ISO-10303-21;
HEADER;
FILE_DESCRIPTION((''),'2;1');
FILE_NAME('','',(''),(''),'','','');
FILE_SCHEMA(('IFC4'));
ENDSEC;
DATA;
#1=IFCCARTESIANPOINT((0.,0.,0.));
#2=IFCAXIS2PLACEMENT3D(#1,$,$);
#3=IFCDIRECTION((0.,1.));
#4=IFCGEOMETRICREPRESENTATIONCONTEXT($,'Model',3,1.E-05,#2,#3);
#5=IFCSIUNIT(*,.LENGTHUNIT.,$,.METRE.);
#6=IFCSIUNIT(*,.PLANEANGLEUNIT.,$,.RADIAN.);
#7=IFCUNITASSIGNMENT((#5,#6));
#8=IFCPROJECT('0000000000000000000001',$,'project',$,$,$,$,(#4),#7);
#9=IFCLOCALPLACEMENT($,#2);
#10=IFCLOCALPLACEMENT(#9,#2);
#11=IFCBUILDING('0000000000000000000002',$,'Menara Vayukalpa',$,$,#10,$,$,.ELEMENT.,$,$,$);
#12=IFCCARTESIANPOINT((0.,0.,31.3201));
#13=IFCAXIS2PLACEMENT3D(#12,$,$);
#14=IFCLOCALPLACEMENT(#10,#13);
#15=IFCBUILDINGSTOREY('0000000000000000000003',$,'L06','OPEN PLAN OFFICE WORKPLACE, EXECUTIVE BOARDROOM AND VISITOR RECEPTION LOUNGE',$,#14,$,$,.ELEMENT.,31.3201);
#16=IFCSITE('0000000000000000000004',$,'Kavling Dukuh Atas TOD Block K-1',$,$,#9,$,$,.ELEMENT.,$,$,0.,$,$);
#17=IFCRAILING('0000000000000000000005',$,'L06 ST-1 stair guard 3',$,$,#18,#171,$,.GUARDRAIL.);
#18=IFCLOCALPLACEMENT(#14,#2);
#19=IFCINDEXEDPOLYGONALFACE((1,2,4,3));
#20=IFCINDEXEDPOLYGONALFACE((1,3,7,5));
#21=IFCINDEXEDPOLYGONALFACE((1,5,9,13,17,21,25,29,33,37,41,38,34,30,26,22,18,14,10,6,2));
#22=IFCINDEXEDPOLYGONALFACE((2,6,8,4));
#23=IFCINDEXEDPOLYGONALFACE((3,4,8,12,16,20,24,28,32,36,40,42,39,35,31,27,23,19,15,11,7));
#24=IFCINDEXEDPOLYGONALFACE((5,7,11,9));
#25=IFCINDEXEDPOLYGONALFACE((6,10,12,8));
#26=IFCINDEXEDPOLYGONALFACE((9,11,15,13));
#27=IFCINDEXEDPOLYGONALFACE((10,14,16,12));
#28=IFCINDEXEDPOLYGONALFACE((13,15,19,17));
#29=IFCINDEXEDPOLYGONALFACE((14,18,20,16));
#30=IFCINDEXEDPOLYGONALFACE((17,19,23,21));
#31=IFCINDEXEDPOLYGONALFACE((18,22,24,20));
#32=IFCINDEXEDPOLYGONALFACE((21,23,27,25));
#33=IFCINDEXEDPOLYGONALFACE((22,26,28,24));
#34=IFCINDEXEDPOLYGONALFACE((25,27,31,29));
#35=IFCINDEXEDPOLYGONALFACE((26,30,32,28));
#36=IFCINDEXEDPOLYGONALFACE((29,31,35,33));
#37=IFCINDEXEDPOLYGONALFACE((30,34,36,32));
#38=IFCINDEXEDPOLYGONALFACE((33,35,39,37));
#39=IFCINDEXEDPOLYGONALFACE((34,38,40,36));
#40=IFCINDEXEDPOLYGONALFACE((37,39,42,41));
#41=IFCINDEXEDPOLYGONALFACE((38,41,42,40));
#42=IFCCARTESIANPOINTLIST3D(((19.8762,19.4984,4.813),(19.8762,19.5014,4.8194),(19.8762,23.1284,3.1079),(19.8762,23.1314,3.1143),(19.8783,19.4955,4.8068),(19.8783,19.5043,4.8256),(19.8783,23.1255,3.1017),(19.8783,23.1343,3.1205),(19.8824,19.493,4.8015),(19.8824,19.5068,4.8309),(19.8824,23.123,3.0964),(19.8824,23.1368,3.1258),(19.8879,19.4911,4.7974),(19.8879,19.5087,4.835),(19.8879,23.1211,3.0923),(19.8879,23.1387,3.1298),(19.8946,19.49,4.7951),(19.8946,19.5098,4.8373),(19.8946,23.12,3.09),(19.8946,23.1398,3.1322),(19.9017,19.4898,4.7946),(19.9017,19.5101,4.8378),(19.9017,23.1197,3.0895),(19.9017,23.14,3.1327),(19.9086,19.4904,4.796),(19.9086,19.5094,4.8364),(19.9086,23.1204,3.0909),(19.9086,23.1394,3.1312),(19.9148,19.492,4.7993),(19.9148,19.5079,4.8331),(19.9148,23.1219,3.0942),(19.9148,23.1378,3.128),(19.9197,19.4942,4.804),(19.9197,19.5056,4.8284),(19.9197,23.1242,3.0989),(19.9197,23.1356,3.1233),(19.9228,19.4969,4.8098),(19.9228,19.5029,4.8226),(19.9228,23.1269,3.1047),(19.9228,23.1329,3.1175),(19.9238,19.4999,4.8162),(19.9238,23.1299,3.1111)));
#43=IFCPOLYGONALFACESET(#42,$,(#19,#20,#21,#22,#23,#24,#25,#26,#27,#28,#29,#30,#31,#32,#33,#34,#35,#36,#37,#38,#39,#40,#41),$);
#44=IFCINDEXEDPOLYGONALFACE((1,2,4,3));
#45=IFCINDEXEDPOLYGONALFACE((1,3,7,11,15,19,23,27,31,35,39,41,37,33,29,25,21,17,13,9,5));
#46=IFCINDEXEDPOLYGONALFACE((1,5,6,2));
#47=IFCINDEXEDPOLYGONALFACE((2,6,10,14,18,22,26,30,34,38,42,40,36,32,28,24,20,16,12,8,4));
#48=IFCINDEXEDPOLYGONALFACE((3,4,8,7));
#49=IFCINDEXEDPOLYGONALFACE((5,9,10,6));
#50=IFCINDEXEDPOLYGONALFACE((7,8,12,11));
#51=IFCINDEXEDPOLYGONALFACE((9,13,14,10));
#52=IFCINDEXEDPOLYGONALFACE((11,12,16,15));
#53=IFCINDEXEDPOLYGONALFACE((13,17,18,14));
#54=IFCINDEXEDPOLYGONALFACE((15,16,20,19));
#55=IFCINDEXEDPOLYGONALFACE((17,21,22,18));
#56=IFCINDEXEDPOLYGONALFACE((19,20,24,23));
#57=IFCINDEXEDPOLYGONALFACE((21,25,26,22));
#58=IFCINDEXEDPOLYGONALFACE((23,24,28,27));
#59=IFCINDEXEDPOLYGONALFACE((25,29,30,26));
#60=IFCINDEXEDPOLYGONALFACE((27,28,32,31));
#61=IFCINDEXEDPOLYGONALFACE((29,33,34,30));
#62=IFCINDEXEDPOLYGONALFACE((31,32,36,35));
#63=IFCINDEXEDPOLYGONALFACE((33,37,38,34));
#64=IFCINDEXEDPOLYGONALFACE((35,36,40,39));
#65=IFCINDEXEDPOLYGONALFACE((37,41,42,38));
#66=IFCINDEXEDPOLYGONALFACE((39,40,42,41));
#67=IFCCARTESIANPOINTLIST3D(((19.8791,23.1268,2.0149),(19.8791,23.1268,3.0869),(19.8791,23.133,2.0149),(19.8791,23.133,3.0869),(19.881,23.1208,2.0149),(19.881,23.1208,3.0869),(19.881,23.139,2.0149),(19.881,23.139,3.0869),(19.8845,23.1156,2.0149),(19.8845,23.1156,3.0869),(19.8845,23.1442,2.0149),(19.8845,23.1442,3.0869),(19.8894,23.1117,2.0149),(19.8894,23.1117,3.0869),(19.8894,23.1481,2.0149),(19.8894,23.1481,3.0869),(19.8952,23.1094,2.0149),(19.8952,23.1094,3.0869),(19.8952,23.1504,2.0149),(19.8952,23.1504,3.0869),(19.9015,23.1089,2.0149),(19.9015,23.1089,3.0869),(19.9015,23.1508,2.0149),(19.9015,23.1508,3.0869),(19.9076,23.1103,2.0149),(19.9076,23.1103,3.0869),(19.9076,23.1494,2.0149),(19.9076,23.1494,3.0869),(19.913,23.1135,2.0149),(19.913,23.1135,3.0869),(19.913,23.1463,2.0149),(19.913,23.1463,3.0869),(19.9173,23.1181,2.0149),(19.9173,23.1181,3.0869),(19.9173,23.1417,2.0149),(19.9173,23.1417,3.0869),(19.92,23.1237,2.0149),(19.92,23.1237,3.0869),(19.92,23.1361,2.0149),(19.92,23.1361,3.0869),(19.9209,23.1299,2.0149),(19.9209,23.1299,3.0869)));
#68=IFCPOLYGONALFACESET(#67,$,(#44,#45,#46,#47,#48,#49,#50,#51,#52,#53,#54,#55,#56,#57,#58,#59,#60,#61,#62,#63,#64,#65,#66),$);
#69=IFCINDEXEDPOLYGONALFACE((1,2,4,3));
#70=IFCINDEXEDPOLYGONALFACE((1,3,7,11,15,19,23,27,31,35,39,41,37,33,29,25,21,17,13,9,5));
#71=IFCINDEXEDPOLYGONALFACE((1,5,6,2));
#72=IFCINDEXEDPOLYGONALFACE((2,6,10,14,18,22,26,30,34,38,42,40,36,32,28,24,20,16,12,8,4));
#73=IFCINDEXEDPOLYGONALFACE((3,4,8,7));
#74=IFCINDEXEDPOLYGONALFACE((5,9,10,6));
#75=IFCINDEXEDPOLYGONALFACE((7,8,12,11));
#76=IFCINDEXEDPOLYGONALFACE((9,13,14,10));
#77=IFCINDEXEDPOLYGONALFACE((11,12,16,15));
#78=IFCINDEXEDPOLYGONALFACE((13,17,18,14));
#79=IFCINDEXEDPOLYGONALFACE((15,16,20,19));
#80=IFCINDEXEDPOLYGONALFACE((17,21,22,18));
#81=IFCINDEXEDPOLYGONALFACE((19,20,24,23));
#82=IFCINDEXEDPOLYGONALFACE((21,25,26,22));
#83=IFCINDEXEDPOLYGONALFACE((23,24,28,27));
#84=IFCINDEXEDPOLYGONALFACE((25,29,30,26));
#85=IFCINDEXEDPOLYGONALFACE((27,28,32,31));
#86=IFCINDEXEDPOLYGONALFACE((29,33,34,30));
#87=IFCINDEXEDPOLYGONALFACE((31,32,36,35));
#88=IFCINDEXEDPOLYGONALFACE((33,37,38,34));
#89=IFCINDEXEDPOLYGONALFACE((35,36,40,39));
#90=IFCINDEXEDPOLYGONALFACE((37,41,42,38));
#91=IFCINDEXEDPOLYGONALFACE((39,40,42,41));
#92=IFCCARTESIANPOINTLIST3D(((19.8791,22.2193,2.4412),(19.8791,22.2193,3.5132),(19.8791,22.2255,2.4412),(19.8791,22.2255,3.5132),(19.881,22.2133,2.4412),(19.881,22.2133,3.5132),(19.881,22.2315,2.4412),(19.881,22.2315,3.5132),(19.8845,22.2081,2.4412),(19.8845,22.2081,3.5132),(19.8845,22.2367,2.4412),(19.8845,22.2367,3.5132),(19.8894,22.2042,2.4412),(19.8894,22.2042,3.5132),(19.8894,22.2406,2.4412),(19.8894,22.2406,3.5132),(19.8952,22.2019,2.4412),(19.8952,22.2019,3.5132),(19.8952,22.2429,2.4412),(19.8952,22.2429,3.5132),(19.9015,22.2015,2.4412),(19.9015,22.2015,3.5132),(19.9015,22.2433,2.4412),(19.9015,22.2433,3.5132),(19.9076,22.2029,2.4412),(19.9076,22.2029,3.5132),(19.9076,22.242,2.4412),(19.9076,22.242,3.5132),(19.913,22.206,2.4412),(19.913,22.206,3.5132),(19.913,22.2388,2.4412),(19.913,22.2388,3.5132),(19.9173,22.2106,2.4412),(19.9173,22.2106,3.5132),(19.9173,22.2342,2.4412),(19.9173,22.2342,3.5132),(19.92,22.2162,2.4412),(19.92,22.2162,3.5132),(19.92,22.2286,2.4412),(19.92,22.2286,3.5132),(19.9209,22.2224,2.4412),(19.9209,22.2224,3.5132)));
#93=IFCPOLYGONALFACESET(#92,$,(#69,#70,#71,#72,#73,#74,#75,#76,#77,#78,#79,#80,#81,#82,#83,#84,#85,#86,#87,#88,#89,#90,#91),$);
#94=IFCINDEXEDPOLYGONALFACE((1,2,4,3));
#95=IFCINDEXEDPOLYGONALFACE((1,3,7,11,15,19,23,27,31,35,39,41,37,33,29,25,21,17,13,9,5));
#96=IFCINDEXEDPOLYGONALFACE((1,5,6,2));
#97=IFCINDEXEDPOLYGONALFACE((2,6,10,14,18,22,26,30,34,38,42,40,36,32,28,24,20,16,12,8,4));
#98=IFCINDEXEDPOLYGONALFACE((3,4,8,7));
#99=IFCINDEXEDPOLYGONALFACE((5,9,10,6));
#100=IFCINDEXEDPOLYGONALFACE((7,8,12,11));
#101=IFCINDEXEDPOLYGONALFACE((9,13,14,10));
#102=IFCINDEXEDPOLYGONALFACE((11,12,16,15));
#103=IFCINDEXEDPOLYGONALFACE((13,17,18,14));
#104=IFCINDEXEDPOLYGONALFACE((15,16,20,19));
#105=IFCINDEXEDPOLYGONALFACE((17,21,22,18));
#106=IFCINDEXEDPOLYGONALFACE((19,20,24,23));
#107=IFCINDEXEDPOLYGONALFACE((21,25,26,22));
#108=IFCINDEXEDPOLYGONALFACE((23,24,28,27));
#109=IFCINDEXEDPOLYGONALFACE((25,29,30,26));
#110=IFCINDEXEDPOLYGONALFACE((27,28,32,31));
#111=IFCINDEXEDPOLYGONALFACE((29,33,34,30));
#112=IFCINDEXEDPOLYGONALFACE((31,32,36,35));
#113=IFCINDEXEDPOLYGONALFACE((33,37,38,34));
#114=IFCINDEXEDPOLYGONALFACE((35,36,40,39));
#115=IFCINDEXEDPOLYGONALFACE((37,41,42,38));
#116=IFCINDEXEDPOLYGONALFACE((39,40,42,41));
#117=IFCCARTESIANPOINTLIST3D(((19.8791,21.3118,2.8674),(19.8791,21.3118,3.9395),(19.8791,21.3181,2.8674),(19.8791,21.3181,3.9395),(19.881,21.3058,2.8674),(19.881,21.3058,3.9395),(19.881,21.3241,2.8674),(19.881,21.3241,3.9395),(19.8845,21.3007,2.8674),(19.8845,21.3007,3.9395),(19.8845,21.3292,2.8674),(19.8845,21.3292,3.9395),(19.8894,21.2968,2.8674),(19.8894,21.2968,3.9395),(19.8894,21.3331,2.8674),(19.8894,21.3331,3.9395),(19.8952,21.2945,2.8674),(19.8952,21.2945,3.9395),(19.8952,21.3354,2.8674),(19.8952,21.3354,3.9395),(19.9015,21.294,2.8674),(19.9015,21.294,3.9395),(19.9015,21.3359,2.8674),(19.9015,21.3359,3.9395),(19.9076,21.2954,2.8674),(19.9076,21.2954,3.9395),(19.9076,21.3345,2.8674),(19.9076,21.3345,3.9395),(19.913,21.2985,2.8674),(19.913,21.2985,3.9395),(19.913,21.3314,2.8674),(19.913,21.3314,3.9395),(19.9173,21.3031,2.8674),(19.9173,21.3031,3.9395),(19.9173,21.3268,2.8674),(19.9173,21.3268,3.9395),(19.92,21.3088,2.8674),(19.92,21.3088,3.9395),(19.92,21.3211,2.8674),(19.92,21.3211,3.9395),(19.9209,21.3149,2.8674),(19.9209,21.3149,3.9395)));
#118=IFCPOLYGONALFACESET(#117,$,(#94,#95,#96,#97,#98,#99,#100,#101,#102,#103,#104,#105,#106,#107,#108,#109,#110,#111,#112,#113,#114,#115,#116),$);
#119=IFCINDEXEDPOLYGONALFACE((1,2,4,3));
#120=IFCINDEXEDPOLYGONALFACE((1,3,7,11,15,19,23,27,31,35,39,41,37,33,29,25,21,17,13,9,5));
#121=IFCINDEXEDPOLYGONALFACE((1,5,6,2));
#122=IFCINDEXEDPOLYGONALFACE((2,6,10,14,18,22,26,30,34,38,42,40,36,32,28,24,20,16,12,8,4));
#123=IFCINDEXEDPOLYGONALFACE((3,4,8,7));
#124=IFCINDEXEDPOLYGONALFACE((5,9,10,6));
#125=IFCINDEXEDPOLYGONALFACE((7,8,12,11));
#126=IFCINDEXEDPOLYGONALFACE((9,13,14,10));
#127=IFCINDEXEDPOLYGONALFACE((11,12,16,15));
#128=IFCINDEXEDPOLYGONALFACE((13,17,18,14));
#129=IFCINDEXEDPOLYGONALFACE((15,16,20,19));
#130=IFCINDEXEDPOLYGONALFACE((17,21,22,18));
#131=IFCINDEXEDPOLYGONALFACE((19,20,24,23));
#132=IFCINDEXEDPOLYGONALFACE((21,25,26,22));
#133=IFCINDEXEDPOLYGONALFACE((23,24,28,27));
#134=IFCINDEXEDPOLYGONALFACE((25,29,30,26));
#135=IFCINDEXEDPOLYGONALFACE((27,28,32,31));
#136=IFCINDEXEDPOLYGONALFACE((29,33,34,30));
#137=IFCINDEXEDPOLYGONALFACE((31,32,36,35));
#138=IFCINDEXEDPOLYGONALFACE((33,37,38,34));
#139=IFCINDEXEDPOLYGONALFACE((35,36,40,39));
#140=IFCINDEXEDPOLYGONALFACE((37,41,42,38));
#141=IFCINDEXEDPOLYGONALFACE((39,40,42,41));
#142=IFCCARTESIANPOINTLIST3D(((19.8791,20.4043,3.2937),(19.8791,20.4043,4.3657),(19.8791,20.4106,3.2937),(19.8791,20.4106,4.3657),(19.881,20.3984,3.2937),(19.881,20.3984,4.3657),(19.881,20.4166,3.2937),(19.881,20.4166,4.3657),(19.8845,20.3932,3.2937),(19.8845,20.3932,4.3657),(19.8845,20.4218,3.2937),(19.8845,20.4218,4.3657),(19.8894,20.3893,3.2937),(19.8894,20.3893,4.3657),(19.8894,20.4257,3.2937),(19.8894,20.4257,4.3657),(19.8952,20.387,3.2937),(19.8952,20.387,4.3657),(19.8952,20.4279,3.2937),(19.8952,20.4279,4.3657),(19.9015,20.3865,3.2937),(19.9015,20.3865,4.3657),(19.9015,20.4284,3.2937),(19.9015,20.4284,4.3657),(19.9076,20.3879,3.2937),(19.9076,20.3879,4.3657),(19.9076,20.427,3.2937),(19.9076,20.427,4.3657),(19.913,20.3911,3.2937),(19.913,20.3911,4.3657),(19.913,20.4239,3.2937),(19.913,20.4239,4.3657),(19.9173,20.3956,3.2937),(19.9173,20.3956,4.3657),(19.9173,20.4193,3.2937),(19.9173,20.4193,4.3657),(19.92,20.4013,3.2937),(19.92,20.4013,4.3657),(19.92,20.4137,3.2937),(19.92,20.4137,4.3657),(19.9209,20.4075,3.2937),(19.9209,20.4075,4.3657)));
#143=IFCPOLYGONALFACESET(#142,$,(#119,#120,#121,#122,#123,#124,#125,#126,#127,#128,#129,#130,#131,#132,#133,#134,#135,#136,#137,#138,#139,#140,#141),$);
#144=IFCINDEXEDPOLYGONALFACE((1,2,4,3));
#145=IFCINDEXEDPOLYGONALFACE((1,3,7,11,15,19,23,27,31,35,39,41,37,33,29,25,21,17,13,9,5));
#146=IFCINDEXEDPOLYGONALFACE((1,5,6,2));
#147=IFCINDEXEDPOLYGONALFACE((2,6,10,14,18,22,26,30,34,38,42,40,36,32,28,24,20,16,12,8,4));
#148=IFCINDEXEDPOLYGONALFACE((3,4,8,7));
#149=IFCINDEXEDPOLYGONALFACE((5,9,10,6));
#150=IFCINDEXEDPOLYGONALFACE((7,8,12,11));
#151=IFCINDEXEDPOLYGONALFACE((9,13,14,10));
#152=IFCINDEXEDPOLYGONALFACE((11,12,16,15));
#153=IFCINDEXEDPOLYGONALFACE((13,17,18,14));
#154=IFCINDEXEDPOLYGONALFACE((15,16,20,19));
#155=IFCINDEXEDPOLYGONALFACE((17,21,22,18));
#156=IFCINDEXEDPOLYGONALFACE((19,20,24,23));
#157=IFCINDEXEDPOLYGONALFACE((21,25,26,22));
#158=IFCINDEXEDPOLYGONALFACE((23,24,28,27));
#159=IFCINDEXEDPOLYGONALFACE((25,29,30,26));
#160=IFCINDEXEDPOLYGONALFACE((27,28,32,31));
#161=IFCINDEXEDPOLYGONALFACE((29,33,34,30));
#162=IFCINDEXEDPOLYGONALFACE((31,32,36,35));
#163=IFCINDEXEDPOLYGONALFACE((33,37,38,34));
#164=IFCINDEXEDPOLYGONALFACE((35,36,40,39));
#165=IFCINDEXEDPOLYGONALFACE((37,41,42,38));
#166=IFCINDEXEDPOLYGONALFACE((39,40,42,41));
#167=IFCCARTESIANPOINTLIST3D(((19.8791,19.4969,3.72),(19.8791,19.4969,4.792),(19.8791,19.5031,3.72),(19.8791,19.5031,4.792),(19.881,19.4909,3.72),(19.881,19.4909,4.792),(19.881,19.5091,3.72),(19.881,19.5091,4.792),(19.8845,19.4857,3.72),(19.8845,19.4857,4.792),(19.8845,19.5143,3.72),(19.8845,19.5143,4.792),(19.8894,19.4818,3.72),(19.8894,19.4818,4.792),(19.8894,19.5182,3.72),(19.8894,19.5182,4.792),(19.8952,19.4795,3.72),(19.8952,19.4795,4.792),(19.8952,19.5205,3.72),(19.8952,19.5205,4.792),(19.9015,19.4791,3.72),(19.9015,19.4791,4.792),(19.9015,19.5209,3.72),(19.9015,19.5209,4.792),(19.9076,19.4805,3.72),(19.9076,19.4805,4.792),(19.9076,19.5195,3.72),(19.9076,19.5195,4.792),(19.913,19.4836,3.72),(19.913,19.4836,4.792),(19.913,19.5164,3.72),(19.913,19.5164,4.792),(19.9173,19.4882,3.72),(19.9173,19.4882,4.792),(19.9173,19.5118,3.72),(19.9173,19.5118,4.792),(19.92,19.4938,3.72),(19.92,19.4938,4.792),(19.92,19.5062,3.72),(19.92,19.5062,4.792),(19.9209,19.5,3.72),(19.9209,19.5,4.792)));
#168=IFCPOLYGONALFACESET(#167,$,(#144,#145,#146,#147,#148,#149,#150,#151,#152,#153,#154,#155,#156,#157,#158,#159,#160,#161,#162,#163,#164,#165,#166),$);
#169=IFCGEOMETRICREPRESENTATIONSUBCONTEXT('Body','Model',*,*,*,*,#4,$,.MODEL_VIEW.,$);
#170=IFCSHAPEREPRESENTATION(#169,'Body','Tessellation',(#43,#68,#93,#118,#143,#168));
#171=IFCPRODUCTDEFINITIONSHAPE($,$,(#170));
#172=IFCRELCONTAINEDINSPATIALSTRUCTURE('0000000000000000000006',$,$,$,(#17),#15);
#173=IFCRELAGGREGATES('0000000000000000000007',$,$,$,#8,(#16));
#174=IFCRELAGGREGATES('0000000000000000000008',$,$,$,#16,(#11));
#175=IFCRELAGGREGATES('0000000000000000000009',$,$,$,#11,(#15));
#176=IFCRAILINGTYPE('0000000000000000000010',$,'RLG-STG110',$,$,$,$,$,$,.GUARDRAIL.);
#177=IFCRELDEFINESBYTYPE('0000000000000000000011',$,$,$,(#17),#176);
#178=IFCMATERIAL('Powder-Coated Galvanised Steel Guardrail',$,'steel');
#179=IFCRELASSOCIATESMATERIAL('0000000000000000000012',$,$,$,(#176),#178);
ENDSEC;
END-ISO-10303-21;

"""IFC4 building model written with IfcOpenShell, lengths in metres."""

from ifc_helpers import new_model, si_unit, direction, frame, origin, origin_2d, place, context, subcontext, project, spatial, circle, extrude, material, type_object, element, save


model = new_model("IFC4")

# Units and contexts
model_context = context("Model", 3, precision=1e-05, world=origin(), true_north=direction((0.0, 1.0)))
body_context = subcontext(model_context, "Body", "Model", "MODEL_VIEW")
ifc_project = project(units=[si_unit("LENGTHUNIT", "METRE"), si_unit("PLANEANGLEUNIT", "RADIAN")], contexts=[model_context])

# Site, building, storey
site_placement = place(None, origin())
site = spatial("IfcSite", under=ifc_project, at=site_placement, Name="Kavling Dukuh Atas TOD Block K-1", CompositionType="ELEMENT", RefElevation=0.0)
building_placement = place(site_placement, origin())
building = spatial("IfcBuilding", under=site, at=building_placement, Name="Menara Vayukalpa", CompositionType="ELEMENT")
storey_placement = place(building_placement, frame((0.0, 0.0, 31.3201)))
storey = spatial("IfcBuildingStorey", under=building, at=storey_placement, Name="L06", Description="OPEN PLAN OFFICE WORKPLACE, EXECUTIVE BOARDROOM AND VISITOR RECEPTION LOUNGE", CompositionType="ELEMENT", Elevation=31.3201)

# Railing
ifc_material_1 = material(Name="Powder-Coated Galvanised Steel Guardrail", Category="steel")
railing_type_1 = type_object("IfcRailingType", Name="RLG-STG110", PredefinedType="GUARDRAIL", material=ifc_material_1)
railing_1_placement = place(storey_placement, frame((19.8999, 23.1299, 2.0149)))
element("IfcRailing", 1, at=railing_1_placement, inside=storey, type_object=railing_type_1, Name="L06 ST-1 stair guard 3", PredefinedType="GUARDRAIL", context=body_context, shape_type="SweptSolid", body=[
    extrude(circle(Radius=0.0239, at=origin_2d()), frame((0.0, 0.0, 1.0962), z_axis=(0.0, -0.905116, 0.425164), x_axis=(1.0, 0.0, 0.0)), (0.0, 0.0, 1.0), 4.0105),
    extrude(circle(Radius=0.021, at=origin_2d()), origin(), (0.0, 0.0, 1.0), 1.072),
    extrude(circle(Radius=0.021, at=origin_2d()), frame((0.0, -0.9075, 0.4263)), (0.0, 0.0, 1.0), 1.072),
    extrude(circle(Radius=0.021, at=origin_2d()), frame((0.0, -1.8149, 0.8525)), (0.0, 0.0, 1.0), 1.072),
    extrude(circle(Radius=0.021, at=origin_2d()), frame((0.0, -2.7224, 1.2788)), (0.0, 0.0, 1.0), 1.072),
    extrude(circle(Radius=0.021, at=origin_2d()), frame((0.0, -3.6299, 1.7051)), (0.0, 0.0, 1.0), 1.072),
])

save(model, "model.ifc")
